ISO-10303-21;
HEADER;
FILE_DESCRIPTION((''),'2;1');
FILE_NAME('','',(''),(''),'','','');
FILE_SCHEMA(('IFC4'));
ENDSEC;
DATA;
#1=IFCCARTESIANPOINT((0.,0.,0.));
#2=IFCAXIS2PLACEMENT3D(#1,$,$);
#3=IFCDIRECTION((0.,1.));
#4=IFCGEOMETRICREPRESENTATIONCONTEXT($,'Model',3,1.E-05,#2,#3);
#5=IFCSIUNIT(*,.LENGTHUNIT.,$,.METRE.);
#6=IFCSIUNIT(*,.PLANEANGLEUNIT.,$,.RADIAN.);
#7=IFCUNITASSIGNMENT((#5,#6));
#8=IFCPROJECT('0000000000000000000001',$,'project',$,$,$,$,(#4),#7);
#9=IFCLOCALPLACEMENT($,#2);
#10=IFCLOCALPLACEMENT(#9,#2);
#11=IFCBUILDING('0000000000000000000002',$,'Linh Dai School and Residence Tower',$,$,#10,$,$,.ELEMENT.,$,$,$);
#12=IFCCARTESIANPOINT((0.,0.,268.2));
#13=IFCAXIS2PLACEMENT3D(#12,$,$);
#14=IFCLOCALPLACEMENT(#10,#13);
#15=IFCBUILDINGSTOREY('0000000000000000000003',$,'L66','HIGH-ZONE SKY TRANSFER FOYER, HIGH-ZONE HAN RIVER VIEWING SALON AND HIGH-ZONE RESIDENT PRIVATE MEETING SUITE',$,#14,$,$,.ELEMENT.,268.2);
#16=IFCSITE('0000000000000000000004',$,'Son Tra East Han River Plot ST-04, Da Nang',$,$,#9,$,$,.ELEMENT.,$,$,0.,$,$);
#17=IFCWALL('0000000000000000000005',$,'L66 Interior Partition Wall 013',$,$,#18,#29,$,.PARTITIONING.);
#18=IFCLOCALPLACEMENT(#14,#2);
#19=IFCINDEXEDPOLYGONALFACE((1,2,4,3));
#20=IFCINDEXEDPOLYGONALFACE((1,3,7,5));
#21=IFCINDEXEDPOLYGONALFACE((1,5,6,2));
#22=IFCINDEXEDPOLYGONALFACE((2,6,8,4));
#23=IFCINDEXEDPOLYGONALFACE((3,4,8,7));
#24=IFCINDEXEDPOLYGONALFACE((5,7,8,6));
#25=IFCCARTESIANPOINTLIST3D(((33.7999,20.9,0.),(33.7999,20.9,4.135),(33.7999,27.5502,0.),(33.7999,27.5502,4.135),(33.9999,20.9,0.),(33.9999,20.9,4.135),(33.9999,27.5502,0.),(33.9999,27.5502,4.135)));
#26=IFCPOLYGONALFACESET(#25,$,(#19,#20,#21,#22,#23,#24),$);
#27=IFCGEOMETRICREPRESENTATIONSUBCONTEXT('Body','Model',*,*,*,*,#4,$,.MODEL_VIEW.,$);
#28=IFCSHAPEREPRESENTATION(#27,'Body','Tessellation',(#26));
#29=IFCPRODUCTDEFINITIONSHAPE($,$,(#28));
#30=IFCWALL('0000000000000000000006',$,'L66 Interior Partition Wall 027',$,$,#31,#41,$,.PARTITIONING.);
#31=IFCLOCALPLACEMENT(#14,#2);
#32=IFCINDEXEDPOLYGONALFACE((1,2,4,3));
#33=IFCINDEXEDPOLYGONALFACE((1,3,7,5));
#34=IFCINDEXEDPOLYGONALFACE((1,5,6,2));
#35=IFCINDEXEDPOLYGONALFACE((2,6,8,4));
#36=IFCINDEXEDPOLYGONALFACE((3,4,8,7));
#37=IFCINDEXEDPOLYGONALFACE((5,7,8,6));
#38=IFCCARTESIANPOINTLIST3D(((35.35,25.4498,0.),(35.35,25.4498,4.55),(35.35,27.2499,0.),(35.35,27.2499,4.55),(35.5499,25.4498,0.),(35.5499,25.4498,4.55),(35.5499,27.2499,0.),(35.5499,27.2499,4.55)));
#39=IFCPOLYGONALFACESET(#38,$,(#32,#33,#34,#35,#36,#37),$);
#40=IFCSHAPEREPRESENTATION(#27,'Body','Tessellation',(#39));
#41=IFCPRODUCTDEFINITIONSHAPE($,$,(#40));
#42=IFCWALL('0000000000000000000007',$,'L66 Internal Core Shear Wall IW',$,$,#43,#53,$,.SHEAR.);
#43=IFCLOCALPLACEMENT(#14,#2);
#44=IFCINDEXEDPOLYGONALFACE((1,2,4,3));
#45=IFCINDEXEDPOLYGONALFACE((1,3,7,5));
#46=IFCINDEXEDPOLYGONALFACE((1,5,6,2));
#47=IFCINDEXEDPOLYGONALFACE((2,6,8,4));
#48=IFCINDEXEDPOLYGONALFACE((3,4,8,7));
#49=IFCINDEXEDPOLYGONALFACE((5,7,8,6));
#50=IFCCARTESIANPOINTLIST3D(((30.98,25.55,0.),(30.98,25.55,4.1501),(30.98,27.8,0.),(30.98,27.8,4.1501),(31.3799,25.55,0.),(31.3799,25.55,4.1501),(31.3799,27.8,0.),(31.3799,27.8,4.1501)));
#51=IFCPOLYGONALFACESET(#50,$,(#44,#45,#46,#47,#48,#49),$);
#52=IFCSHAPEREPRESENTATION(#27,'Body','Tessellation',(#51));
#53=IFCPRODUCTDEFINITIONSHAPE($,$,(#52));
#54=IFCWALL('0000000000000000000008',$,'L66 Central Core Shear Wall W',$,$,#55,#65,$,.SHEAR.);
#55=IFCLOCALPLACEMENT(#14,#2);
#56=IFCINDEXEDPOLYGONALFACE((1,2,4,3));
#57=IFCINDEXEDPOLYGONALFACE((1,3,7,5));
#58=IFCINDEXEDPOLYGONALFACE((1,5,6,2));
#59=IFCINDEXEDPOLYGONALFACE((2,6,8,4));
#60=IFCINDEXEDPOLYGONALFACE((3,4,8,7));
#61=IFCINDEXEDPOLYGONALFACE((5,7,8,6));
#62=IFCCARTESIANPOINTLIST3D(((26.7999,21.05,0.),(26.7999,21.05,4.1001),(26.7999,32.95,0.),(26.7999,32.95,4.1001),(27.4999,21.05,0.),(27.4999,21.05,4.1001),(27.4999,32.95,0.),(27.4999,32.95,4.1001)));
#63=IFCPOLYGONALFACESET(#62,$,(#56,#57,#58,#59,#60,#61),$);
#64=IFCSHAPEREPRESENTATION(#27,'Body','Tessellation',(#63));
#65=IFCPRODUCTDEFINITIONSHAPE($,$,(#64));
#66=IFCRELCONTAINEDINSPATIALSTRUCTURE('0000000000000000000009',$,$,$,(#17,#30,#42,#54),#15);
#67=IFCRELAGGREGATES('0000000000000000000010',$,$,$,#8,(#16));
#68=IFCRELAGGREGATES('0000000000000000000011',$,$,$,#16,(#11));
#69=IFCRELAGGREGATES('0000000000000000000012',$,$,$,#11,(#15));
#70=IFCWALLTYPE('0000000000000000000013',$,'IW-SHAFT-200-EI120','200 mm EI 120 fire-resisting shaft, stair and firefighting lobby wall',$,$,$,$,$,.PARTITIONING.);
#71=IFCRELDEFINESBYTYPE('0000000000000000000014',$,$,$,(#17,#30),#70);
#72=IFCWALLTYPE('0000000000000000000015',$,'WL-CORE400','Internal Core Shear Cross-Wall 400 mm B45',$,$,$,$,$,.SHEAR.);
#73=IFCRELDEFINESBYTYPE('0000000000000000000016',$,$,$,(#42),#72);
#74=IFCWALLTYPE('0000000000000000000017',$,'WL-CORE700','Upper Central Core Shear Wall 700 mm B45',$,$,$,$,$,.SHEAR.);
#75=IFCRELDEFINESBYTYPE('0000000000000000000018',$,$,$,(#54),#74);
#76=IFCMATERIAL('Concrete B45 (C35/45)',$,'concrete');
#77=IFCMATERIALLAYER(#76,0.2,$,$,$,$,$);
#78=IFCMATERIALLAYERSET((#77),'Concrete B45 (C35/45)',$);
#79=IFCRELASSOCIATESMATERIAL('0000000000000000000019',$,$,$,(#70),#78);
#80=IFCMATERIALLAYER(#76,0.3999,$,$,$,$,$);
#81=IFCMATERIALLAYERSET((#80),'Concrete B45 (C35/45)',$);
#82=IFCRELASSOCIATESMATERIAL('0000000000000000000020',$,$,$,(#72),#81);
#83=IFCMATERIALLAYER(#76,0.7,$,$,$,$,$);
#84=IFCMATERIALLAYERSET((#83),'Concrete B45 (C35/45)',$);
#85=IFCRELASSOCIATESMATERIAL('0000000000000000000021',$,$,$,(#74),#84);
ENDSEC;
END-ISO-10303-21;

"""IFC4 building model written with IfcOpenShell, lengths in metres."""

from ifc_helpers import new_model, si_unit, direction, frame, frame_2d, origin, place, context, subcontext, project, spatial, rectangle, extrude, material, layer, layer_set, type_object, element, save


model = new_model("IFC4")

# Units and contexts
model_context = context("Model", 3, precision=1e-05, world=origin(), true_north=direction((0.0, 1.0)))
body_context = subcontext(model_context, "Body", "Model", "MODEL_VIEW")
ifc_project = project(units=[si_unit("LENGTHUNIT", "METRE"), si_unit("PLANEANGLEUNIT", "RADIAN")], contexts=[model_context])

# Site, building, storey
site_placement = place(None, origin())
site = spatial("IfcSite", under=ifc_project, at=site_placement, Name="Son Tra East Han River Plot ST-04, Da Nang", CompositionType="ELEMENT", RefElevation=0.0)
building_placement = place(site_placement, origin())
building = spatial("IfcBuilding", under=site, at=building_placement, Name="Linh Dai School and Residence Tower", CompositionType="ELEMENT")
storey_placement = place(building_placement, frame((0.0, 0.0, 268.2)))
storey = spatial("IfcBuildingStorey", under=building, at=storey_placement, Name="L66", Description="HIGH-ZONE SKY TRANSFER FOYER, HIGH-ZONE HAN RIVER VIEWING SALON AND HIGH-ZONE RESIDENT PRIVATE MEETING SUITE", CompositionType="ELEMENT", Elevation=268.2)

# Shared definitions
ifc_material_1 = material(Name="Concrete B45 (C35/45)", Category="concrete")
ifc_layer_1 = layer(ifc_material_1, 0.2)
ifc_layer_set_1 = layer_set([ifc_layer_1], Name="Concrete B45 (C35/45)")
wall_type_1 = type_object("IfcWallType", Name="IW-SHAFT-200-EI120", Description="200 mm EI 120 fire-resisting shaft, stair and firefighting lobby wall", PredefinedType="PARTITIONING", material=ifc_layer_set_1)

# Walls
wall_1_placement = place(storey_placement, frame((33.8999, 20.8999, 0.0), z_axis=(0.0, 0.0, 1.0), x_axis=(0.0, 1.0, 0.0)))
element("IfcWall", 1, at=wall_1_placement, inside=storey, type_object=wall_type_1, Name="L66 Interior Partition Wall 013", PredefinedType="PARTITIONING", context=body_context, shape_type="SweptSolid", body=[
    extrude(rectangle(XDim=6.6501, YDim=0.2, at=frame_2d((3.3252, 0.0))), origin(), (0.0, 0.0, 1.0), 4.135),
])
wall_2_placement = place(storey_placement, frame((35.45, 25.45, 0.0), z_axis=(0.0, 0.0, 1.0), x_axis=(0.0, 1.0, 0.0)))
element("IfcWall", 2, at=wall_2_placement, inside=storey, type_object=wall_type_1, Name="L66 Interior Partition Wall 027", PredefinedType="PARTITIONING", context=body_context, shape_type="SweptSolid", body=[
    extrude(rectangle(XDim=1.8, YDim=0.2, at=frame_2d((0.8999, 0.0))), origin(), (0.0, 0.0, 1.0), 4.55),
])
ifc_layer_2 = layer(ifc_material_1, 0.3999)
ifc_layer_set_2 = layer_set([ifc_layer_2], Name="Concrete B45 (C35/45)")
wall_type_2 = type_object("IfcWallType", Name="WL-CORE400", Description="Internal Core Shear Cross-Wall 400 mm B45", PredefinedType="SHEAR", material=ifc_layer_set_2)
wall_3_placement = place(storey_placement, frame((31.1799, 25.55, 0.0), z_axis=(0.0, 0.0, 1.0), x_axis=(0.0, 1.0, 0.0)))
element("IfcWall", 3, at=wall_3_placement, inside=storey, type_object=wall_type_2, Name="L66 Internal Core Shear Wall IW", PredefinedType="SHEAR", context=body_context, shape_type="SweptSolid", body=[
    extrude(rectangle(XDim=2.25, YDim=0.3999, at=frame_2d((1.125, 0.0))), origin(), (0.0, 0.0, 1.0), 4.1501),
])
ifc_layer_3 = layer(ifc_material_1, 0.7)
ifc_layer_set_3 = layer_set([ifc_layer_3], Name="Concrete B45 (C35/45)")
wall_type_3 = type_object("IfcWallType", Name="WL-CORE700", Description="Upper Central Core Shear Wall 700 mm B45", PredefinedType="SHEAR", material=ifc_layer_set_3)
wall_4_placement = place(storey_placement, frame((27.1499, 21.05, 0.0), z_axis=(0.0, 0.0, 1.0), x_axis=(0.0, 1.0, 0.0)))
element("IfcWall", 4, at=wall_4_placement, inside=storey, type_object=wall_type_3, Name="L66 Central Core Shear Wall W", PredefinedType="SHEAR", context=body_context, shape_type="SweptSolid", body=[
    extrude(rectangle(XDim=11.8999, YDim=0.7, at=frame_2d((5.95, 0.0))), origin(), (0.0, 0.0, 1.0), 4.1001),
])

save(model, "model.ifc")
